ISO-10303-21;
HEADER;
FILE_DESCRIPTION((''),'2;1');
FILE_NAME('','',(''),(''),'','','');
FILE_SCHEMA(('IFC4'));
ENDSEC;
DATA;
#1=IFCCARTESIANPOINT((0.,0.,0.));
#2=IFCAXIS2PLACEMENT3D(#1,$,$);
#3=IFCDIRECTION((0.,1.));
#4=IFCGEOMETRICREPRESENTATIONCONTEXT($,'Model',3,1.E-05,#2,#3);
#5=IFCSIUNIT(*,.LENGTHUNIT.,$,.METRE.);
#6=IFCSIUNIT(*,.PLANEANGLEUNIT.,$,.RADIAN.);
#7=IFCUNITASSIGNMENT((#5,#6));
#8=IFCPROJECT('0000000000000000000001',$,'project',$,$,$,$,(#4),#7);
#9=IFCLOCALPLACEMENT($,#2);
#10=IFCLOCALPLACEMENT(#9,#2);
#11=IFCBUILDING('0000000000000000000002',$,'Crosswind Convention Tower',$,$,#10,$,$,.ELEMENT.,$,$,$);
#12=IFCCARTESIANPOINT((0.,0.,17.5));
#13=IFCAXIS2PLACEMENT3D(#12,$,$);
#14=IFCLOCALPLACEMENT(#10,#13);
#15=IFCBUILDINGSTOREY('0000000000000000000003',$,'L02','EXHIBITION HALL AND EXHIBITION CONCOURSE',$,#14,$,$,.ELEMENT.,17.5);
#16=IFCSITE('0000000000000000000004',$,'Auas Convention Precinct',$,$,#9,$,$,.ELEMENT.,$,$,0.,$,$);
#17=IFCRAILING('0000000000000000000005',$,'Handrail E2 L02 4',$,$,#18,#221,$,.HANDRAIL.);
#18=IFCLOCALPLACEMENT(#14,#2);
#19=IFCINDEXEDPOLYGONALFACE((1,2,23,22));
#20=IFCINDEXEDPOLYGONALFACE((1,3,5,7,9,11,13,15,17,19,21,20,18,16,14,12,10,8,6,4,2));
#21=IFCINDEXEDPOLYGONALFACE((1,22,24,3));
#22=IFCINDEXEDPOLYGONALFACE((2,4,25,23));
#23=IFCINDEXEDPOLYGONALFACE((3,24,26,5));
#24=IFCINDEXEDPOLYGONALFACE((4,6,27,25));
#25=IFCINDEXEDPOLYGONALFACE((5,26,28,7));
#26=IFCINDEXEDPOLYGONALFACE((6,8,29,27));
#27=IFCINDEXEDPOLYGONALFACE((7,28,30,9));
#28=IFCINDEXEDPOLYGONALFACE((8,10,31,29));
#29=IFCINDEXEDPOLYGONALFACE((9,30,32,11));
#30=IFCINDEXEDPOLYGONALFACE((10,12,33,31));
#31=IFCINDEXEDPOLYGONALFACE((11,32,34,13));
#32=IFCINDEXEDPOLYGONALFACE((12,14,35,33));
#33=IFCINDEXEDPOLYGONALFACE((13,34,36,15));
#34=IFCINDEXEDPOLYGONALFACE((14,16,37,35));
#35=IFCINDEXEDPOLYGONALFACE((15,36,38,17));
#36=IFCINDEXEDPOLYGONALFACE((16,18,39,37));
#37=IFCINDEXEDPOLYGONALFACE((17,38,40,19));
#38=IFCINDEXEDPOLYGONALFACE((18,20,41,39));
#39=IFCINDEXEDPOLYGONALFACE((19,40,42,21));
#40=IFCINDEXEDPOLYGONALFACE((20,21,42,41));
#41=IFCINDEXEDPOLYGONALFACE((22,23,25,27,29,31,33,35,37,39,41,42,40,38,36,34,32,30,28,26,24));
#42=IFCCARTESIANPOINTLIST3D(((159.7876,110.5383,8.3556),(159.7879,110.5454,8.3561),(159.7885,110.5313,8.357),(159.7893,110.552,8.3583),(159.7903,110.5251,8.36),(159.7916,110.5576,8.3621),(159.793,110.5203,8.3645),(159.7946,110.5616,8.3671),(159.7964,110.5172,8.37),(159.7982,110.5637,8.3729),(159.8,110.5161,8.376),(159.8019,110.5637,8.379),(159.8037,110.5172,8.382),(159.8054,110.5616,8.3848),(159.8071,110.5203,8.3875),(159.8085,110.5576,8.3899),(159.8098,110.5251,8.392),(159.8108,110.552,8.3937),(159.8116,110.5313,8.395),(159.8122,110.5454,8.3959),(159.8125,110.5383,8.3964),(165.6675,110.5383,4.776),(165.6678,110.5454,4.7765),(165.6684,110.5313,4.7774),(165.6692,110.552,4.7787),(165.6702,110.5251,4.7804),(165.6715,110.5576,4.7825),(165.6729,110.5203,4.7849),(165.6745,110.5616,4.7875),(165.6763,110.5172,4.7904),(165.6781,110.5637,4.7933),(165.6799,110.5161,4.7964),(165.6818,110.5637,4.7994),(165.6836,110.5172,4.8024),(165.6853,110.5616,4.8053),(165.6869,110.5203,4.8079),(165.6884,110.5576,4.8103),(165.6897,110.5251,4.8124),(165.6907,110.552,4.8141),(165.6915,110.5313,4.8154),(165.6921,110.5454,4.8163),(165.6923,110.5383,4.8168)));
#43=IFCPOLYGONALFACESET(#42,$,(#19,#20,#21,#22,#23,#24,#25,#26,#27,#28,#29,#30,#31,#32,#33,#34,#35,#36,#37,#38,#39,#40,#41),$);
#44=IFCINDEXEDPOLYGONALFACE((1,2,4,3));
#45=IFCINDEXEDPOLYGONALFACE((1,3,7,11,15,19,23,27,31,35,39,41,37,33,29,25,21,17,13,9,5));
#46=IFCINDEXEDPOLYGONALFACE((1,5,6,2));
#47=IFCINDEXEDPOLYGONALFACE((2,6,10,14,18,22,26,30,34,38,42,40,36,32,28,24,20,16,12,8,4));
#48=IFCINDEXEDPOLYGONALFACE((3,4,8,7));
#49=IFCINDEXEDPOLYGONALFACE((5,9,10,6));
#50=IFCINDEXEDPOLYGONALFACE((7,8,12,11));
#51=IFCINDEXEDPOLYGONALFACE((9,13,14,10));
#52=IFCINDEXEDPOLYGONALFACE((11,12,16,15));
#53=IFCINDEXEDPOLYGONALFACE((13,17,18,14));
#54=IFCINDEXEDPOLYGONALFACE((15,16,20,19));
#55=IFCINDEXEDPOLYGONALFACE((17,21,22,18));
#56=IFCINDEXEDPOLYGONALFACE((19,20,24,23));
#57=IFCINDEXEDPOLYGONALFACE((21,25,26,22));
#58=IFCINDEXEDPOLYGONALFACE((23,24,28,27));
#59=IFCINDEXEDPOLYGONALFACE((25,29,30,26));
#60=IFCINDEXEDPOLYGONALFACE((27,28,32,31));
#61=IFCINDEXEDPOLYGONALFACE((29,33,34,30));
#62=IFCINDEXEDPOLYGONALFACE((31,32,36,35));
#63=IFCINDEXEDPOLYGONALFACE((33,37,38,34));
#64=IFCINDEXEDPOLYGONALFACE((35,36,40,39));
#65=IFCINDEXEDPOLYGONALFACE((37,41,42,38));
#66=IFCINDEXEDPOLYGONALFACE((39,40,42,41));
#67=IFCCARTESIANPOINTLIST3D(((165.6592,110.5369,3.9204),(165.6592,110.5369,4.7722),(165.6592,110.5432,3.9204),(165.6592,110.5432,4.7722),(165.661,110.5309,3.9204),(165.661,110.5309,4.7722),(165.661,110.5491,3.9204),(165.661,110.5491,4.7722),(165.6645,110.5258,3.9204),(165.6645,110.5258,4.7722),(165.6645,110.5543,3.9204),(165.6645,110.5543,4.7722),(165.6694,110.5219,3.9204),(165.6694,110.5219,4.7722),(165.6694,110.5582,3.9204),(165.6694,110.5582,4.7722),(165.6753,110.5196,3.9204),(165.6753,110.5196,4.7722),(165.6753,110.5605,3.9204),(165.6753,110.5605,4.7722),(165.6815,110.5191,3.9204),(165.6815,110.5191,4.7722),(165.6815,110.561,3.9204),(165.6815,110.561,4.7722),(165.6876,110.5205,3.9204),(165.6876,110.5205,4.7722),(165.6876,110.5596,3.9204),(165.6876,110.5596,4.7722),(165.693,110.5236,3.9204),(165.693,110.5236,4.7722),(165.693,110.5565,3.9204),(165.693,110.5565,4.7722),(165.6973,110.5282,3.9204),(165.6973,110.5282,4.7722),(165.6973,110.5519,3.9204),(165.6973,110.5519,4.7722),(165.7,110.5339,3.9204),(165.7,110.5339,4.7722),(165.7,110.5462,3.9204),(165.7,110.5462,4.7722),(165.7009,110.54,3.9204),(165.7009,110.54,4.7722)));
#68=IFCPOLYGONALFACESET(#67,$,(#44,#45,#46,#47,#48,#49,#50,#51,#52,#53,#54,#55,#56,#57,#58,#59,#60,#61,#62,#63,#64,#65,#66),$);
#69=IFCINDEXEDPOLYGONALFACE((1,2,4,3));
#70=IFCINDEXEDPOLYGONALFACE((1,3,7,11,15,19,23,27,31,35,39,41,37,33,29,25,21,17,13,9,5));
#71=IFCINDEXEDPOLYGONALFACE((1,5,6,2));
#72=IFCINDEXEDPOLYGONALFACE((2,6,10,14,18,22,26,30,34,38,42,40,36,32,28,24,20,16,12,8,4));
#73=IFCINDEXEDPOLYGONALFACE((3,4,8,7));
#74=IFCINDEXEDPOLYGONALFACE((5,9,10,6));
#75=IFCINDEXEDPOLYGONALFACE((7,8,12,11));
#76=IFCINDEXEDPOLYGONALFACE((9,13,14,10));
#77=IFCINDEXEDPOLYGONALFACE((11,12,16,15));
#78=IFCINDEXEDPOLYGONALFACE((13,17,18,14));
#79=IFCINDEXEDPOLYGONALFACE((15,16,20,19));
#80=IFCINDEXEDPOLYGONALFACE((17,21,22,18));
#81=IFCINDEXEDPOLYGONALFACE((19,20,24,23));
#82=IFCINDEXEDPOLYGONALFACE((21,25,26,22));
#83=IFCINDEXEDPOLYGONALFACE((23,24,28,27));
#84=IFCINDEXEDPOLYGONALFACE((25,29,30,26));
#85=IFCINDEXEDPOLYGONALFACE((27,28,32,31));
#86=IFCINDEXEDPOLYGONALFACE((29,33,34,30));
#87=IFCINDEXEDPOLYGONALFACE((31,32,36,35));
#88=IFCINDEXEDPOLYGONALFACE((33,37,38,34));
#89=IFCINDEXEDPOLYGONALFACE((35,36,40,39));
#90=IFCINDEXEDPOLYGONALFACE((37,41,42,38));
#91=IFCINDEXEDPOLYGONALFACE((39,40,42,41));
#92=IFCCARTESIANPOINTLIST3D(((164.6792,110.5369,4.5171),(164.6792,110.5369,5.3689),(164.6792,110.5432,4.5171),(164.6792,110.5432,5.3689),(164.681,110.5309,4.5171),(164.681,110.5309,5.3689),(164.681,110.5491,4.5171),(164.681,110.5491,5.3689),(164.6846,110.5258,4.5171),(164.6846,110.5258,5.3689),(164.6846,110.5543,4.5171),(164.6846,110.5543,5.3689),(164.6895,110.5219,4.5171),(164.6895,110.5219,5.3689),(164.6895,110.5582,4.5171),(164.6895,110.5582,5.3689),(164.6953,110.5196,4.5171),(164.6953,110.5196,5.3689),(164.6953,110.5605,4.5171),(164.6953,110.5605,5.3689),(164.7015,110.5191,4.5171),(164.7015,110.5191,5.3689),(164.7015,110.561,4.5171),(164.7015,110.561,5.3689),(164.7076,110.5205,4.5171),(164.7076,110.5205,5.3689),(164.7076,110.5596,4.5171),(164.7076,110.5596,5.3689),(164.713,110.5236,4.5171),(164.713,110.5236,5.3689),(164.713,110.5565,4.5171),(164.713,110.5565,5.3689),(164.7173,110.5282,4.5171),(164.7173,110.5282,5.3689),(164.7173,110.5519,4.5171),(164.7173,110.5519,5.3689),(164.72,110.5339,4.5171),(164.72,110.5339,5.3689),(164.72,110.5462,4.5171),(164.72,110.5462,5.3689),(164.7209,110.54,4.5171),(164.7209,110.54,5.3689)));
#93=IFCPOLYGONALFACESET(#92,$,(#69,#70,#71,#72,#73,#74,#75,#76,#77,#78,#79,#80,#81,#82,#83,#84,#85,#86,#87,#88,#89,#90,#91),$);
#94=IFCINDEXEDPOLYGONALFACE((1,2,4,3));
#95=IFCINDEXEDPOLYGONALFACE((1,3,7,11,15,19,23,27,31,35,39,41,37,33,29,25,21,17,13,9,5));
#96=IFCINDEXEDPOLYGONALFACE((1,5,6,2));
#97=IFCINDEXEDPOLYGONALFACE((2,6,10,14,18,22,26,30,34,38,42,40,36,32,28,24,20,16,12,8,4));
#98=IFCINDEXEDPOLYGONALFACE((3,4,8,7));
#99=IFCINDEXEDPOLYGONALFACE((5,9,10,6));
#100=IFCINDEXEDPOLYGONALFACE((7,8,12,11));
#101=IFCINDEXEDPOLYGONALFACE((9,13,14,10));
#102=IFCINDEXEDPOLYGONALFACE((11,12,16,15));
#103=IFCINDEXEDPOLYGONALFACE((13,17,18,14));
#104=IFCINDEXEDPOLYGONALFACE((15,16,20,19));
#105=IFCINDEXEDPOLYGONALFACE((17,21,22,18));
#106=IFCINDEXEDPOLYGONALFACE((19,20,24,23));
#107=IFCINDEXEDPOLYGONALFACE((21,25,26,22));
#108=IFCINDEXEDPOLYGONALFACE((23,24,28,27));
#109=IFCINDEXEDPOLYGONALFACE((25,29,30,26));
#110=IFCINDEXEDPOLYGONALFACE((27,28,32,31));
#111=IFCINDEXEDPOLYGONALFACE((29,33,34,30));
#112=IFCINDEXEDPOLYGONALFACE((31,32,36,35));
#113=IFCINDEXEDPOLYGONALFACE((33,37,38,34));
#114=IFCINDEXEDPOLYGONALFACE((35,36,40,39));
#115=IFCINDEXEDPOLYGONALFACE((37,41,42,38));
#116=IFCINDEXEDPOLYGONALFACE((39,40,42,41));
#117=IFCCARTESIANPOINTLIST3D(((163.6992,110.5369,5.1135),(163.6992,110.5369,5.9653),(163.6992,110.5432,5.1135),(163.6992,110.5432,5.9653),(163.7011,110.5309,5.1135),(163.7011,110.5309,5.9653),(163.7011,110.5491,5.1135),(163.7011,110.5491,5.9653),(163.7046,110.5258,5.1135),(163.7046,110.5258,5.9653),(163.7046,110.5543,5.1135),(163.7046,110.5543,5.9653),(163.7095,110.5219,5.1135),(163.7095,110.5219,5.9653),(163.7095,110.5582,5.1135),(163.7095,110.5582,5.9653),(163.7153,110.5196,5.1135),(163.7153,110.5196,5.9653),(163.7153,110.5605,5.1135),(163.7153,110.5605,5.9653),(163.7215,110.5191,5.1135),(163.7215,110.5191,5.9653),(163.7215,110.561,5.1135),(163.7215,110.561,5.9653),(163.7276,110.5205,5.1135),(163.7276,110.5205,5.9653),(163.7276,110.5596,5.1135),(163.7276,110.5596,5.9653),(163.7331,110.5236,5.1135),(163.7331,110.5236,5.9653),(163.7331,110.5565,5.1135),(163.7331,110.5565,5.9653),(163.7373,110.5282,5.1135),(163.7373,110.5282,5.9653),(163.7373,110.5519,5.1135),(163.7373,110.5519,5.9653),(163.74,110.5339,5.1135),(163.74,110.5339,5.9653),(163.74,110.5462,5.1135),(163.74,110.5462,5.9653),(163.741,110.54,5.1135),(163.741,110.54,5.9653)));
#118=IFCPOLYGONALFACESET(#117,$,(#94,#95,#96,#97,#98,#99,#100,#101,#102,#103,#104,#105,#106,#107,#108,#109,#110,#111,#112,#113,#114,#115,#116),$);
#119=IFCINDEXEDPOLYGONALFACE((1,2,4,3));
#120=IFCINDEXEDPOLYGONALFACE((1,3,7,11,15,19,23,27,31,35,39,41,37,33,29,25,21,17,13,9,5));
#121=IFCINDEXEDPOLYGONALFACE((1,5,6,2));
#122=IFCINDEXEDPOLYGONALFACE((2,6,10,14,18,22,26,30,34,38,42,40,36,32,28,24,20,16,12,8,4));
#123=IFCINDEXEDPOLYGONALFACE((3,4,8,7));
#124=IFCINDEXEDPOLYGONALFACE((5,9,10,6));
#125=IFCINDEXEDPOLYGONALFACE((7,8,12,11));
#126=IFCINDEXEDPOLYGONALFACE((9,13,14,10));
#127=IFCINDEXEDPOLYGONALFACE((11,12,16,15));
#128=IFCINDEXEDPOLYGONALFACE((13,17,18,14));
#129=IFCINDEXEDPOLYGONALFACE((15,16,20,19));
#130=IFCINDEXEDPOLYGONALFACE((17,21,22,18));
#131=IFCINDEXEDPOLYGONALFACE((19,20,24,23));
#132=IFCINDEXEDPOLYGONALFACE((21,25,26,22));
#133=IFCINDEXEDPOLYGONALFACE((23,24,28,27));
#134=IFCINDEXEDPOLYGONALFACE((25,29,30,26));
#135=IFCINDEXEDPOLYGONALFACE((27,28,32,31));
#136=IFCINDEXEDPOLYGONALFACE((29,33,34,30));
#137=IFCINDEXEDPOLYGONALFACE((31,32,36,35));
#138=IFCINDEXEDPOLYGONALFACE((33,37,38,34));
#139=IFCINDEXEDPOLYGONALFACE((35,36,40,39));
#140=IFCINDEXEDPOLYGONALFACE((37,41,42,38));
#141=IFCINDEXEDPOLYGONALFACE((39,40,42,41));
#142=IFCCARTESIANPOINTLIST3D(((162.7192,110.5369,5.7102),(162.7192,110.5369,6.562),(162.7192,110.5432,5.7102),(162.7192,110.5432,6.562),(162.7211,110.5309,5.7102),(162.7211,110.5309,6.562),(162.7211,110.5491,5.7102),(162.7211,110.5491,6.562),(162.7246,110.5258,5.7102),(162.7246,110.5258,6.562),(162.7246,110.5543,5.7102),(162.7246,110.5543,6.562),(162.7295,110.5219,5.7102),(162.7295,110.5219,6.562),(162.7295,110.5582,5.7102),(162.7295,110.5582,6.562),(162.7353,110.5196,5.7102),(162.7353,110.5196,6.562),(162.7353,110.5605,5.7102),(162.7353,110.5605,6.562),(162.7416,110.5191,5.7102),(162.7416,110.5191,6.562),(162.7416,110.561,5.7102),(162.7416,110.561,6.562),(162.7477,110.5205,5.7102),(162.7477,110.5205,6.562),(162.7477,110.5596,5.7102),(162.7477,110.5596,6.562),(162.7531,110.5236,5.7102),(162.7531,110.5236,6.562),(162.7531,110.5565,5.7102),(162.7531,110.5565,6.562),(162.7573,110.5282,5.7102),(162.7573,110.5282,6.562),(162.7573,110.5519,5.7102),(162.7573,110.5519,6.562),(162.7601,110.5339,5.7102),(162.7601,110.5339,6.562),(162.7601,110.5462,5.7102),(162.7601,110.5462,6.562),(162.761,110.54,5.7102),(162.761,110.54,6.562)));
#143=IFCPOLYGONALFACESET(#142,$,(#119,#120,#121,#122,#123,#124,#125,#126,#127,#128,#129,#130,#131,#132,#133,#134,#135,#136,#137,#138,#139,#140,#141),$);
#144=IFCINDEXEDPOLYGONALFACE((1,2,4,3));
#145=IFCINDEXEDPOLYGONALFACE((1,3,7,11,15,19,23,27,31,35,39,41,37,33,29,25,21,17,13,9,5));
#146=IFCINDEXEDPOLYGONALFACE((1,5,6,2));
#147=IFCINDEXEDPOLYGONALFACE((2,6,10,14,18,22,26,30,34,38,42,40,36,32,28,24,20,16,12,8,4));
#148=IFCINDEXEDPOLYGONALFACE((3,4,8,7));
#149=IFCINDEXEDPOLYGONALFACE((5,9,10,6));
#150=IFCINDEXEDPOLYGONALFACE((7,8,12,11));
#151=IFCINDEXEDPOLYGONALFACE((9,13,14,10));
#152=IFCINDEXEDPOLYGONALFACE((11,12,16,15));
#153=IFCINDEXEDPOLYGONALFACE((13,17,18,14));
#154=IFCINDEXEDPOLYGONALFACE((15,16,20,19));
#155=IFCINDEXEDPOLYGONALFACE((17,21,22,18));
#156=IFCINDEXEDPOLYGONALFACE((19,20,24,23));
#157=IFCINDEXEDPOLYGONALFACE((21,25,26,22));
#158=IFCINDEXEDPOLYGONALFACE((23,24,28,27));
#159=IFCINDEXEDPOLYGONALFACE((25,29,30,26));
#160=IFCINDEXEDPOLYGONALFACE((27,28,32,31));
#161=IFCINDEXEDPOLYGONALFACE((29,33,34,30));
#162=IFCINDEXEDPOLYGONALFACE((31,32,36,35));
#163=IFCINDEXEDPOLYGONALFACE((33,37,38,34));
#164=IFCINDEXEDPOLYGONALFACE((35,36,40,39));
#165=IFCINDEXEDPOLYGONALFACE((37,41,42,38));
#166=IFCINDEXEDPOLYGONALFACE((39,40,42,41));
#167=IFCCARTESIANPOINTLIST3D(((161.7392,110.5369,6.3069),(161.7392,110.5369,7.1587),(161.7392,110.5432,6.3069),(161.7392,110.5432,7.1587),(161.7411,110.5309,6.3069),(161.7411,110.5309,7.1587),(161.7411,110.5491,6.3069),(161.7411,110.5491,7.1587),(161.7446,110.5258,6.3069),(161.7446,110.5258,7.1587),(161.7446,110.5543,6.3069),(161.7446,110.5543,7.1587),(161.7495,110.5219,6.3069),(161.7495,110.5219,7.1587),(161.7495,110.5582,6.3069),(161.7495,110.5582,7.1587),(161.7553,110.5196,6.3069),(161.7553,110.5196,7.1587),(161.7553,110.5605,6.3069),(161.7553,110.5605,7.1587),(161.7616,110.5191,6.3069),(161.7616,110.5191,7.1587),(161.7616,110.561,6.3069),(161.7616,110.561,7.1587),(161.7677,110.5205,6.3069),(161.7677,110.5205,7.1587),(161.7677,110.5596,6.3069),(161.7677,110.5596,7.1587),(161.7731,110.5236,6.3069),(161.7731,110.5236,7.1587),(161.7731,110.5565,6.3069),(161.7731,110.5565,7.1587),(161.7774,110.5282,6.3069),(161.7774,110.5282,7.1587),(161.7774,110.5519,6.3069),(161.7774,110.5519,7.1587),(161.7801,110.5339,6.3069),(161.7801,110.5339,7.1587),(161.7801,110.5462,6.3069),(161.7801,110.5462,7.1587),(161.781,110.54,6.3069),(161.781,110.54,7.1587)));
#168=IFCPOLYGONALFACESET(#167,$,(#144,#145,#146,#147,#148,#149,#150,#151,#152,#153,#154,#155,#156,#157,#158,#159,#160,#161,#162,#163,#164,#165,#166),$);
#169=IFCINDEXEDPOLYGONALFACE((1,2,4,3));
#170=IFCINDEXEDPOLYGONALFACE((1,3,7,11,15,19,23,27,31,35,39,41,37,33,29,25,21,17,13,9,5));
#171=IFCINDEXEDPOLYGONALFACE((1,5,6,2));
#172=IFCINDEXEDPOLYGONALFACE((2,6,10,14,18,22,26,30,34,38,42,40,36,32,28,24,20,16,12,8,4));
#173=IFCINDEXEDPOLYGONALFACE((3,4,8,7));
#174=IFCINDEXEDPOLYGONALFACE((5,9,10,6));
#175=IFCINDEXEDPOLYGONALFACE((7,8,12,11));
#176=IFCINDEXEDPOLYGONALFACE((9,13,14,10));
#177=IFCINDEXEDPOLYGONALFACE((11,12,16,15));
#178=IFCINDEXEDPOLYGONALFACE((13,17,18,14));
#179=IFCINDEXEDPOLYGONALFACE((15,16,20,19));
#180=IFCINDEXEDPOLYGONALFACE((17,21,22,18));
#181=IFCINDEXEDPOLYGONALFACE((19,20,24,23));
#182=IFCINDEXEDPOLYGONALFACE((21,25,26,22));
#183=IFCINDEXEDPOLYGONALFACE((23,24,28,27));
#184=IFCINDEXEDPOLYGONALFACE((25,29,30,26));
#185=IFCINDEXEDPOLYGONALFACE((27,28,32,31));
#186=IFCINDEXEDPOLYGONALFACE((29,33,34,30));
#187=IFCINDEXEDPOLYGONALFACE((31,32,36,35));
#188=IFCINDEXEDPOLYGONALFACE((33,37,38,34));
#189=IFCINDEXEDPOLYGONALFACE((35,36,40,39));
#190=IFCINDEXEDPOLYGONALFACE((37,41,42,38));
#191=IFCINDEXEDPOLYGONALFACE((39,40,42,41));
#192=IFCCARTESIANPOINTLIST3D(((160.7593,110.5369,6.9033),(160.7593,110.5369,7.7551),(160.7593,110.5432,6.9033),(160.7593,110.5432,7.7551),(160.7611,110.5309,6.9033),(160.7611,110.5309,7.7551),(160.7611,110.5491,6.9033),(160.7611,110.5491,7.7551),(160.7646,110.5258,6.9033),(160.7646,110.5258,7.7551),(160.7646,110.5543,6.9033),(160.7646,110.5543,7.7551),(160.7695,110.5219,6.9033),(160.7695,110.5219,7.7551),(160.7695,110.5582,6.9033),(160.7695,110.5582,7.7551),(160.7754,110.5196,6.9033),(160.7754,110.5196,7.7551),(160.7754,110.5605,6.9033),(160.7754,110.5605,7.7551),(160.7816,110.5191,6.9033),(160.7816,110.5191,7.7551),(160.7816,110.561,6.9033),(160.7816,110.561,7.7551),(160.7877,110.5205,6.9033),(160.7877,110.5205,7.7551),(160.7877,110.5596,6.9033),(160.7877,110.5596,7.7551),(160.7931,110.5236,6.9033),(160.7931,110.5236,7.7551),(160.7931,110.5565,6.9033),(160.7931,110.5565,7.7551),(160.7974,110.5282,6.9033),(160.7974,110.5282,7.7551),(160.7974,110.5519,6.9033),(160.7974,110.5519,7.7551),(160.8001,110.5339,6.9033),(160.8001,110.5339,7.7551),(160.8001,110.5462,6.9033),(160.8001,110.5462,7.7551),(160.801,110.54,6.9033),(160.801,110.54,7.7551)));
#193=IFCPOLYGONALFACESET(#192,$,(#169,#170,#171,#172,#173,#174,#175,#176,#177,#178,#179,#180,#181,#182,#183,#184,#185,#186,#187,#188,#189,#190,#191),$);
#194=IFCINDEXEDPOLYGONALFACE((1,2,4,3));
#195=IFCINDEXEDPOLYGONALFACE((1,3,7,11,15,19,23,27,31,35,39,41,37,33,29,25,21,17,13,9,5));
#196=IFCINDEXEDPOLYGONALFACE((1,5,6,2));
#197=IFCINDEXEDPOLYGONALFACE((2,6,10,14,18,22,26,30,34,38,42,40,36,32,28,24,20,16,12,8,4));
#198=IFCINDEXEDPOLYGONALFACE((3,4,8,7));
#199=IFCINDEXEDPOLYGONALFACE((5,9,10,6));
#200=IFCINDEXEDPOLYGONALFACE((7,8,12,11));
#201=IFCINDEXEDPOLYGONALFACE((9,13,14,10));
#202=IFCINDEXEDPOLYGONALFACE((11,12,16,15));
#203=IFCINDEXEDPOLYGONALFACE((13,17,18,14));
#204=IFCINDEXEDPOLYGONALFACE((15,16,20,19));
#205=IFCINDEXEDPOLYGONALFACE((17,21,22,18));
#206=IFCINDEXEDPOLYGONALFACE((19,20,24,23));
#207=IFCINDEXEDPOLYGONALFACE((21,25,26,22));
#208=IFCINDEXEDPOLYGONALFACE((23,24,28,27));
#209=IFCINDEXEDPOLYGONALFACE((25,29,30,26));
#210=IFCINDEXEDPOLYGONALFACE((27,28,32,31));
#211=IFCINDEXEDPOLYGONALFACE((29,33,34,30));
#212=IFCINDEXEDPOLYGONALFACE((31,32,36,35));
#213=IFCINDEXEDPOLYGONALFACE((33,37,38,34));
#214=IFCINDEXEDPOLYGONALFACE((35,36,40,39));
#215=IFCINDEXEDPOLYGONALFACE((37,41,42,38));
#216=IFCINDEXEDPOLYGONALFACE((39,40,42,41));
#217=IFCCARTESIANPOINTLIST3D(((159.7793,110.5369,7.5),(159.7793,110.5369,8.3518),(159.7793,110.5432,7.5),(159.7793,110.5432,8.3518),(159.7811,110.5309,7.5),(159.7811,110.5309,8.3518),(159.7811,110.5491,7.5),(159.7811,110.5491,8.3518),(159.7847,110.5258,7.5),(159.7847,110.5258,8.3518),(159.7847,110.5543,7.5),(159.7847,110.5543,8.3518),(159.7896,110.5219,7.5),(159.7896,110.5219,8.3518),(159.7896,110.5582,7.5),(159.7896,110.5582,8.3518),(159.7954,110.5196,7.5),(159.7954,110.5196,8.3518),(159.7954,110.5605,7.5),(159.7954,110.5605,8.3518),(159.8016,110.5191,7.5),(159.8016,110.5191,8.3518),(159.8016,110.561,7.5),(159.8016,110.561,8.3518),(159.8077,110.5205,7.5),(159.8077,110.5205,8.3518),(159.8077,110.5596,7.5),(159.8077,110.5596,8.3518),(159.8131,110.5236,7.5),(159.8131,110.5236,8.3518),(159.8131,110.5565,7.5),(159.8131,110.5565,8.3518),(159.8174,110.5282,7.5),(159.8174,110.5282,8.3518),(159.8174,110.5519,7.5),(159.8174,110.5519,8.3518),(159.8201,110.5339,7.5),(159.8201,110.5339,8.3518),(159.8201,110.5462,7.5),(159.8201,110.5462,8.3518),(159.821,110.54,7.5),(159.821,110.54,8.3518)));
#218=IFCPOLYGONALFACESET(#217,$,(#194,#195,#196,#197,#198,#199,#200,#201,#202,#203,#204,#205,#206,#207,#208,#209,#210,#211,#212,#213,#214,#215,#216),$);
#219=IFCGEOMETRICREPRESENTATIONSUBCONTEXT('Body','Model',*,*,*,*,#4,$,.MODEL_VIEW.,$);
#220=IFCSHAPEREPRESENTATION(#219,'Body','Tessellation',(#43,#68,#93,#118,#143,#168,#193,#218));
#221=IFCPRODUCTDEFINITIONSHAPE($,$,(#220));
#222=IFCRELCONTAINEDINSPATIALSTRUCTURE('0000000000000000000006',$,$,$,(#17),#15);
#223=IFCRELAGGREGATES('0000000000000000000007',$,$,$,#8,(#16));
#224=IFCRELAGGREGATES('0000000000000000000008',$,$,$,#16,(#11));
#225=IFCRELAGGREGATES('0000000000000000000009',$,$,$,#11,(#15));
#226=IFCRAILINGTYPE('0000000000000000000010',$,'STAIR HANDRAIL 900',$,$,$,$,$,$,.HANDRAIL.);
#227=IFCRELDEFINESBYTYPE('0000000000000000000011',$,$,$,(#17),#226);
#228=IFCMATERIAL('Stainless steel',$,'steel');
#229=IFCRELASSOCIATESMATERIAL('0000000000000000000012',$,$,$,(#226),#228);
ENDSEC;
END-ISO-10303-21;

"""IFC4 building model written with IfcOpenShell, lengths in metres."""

from ifc_helpers import new_model, si_unit, direction, frame, origin, origin_2d, place, context, subcontext, project, spatial, circle, extrude, material, type_object, element, save


model = new_model("IFC4")

# Units and contexts
model_context = context("Model", 3, precision=1e-05, world=origin(), true_north=direction((0.0, 1.0)))
body_context = subcontext(model_context, "Body", "Model", "MODEL_VIEW")
ifc_project = project(units=[si_unit("LENGTHUNIT", "METRE"), si_unit("PLANEANGLEUNIT", "RADIAN")], contexts=[model_context])

# Site, building, storey
site_placement = place(None, origin())
site = spatial("IfcSite", under=ifc_project, at=site_placement, Name="Auas Convention Precinct", CompositionType="ELEMENT", RefElevation=0.0)
building_placement = place(site_placement, origin())
building = spatial("IfcBuilding", under=site, at=building_placement, Name="Crosswind Convention Tower", CompositionType="ELEMENT")
storey_placement = place(building_placement, frame((0.0, 0.0, 17.5)))
storey = spatial("IfcBuildingStorey", under=building, at=storey_placement, Name="L02", Description="EXHIBITION HALL AND EXHIBITION CONCOURSE", CompositionType="ELEMENT", Elevation=17.5)

# Railing
ifc_material_1 = material(Name="Stainless steel", Category="steel")
railing_type = type_object("IfcRailingType", Name="STAIR HANDRAIL 900", PredefinedType="HANDRAIL", material=ifc_material_1)
railing_placement = place(storey_placement, frame((165.6799, 110.54, 3.9204)))
element("IfcRailing", 1, at=railing_placement, inside=storey, type_object=railing_type, Name="Handrail E2 L02 4", PredefinedType="HANDRAIL", context=body_context, shape_type="SweptSolid", body=[
    extrude(circle(Radius=0.0239, at=origin_2d()), frame((0.0, 0.0, 0.876), z_axis=(-0.854164, 0.0, 0.520003), x_axis=(0.0, -1.0, 0.0)), (0.0, 0.0, 1.0), 6.8838),
    extrude(circle(Radius=0.021, at=origin_2d()), origin(), (0.0, 0.0, 1.0), 0.8518),
    extrude(circle(Radius=0.021, at=origin_2d()), frame((-0.98, 0.0, 0.5967)), (0.0, 0.0, 1.0), 0.8518),
    extrude(circle(Radius=0.021, at=origin_2d()), frame((-1.96, 0.0, 1.1931)), (0.0, 0.0, 1.0), 0.8518),
    extrude(circle(Radius=0.021, at=origin_2d()), frame((-2.9399, 0.0, 1.7898)), (0.0, 0.0, 1.0), 0.8518),
    extrude(circle(Radius=0.021, at=origin_2d()), frame((-3.9199, 0.0, 2.3865)), (0.0, 0.0, 1.0), 0.8518),
    extrude(circle(Radius=0.021, at=origin_2d()), frame((-4.8999, 0.0, 2.9829)), (0.0, 0.0, 1.0), 0.8518),
    extrude(circle(Radius=0.021, at=origin_2d()), frame((-5.8799, 0.0, 3.5796)), (0.0, 0.0, 1.0), 0.8518),
])

save(model, "model.ifc")
